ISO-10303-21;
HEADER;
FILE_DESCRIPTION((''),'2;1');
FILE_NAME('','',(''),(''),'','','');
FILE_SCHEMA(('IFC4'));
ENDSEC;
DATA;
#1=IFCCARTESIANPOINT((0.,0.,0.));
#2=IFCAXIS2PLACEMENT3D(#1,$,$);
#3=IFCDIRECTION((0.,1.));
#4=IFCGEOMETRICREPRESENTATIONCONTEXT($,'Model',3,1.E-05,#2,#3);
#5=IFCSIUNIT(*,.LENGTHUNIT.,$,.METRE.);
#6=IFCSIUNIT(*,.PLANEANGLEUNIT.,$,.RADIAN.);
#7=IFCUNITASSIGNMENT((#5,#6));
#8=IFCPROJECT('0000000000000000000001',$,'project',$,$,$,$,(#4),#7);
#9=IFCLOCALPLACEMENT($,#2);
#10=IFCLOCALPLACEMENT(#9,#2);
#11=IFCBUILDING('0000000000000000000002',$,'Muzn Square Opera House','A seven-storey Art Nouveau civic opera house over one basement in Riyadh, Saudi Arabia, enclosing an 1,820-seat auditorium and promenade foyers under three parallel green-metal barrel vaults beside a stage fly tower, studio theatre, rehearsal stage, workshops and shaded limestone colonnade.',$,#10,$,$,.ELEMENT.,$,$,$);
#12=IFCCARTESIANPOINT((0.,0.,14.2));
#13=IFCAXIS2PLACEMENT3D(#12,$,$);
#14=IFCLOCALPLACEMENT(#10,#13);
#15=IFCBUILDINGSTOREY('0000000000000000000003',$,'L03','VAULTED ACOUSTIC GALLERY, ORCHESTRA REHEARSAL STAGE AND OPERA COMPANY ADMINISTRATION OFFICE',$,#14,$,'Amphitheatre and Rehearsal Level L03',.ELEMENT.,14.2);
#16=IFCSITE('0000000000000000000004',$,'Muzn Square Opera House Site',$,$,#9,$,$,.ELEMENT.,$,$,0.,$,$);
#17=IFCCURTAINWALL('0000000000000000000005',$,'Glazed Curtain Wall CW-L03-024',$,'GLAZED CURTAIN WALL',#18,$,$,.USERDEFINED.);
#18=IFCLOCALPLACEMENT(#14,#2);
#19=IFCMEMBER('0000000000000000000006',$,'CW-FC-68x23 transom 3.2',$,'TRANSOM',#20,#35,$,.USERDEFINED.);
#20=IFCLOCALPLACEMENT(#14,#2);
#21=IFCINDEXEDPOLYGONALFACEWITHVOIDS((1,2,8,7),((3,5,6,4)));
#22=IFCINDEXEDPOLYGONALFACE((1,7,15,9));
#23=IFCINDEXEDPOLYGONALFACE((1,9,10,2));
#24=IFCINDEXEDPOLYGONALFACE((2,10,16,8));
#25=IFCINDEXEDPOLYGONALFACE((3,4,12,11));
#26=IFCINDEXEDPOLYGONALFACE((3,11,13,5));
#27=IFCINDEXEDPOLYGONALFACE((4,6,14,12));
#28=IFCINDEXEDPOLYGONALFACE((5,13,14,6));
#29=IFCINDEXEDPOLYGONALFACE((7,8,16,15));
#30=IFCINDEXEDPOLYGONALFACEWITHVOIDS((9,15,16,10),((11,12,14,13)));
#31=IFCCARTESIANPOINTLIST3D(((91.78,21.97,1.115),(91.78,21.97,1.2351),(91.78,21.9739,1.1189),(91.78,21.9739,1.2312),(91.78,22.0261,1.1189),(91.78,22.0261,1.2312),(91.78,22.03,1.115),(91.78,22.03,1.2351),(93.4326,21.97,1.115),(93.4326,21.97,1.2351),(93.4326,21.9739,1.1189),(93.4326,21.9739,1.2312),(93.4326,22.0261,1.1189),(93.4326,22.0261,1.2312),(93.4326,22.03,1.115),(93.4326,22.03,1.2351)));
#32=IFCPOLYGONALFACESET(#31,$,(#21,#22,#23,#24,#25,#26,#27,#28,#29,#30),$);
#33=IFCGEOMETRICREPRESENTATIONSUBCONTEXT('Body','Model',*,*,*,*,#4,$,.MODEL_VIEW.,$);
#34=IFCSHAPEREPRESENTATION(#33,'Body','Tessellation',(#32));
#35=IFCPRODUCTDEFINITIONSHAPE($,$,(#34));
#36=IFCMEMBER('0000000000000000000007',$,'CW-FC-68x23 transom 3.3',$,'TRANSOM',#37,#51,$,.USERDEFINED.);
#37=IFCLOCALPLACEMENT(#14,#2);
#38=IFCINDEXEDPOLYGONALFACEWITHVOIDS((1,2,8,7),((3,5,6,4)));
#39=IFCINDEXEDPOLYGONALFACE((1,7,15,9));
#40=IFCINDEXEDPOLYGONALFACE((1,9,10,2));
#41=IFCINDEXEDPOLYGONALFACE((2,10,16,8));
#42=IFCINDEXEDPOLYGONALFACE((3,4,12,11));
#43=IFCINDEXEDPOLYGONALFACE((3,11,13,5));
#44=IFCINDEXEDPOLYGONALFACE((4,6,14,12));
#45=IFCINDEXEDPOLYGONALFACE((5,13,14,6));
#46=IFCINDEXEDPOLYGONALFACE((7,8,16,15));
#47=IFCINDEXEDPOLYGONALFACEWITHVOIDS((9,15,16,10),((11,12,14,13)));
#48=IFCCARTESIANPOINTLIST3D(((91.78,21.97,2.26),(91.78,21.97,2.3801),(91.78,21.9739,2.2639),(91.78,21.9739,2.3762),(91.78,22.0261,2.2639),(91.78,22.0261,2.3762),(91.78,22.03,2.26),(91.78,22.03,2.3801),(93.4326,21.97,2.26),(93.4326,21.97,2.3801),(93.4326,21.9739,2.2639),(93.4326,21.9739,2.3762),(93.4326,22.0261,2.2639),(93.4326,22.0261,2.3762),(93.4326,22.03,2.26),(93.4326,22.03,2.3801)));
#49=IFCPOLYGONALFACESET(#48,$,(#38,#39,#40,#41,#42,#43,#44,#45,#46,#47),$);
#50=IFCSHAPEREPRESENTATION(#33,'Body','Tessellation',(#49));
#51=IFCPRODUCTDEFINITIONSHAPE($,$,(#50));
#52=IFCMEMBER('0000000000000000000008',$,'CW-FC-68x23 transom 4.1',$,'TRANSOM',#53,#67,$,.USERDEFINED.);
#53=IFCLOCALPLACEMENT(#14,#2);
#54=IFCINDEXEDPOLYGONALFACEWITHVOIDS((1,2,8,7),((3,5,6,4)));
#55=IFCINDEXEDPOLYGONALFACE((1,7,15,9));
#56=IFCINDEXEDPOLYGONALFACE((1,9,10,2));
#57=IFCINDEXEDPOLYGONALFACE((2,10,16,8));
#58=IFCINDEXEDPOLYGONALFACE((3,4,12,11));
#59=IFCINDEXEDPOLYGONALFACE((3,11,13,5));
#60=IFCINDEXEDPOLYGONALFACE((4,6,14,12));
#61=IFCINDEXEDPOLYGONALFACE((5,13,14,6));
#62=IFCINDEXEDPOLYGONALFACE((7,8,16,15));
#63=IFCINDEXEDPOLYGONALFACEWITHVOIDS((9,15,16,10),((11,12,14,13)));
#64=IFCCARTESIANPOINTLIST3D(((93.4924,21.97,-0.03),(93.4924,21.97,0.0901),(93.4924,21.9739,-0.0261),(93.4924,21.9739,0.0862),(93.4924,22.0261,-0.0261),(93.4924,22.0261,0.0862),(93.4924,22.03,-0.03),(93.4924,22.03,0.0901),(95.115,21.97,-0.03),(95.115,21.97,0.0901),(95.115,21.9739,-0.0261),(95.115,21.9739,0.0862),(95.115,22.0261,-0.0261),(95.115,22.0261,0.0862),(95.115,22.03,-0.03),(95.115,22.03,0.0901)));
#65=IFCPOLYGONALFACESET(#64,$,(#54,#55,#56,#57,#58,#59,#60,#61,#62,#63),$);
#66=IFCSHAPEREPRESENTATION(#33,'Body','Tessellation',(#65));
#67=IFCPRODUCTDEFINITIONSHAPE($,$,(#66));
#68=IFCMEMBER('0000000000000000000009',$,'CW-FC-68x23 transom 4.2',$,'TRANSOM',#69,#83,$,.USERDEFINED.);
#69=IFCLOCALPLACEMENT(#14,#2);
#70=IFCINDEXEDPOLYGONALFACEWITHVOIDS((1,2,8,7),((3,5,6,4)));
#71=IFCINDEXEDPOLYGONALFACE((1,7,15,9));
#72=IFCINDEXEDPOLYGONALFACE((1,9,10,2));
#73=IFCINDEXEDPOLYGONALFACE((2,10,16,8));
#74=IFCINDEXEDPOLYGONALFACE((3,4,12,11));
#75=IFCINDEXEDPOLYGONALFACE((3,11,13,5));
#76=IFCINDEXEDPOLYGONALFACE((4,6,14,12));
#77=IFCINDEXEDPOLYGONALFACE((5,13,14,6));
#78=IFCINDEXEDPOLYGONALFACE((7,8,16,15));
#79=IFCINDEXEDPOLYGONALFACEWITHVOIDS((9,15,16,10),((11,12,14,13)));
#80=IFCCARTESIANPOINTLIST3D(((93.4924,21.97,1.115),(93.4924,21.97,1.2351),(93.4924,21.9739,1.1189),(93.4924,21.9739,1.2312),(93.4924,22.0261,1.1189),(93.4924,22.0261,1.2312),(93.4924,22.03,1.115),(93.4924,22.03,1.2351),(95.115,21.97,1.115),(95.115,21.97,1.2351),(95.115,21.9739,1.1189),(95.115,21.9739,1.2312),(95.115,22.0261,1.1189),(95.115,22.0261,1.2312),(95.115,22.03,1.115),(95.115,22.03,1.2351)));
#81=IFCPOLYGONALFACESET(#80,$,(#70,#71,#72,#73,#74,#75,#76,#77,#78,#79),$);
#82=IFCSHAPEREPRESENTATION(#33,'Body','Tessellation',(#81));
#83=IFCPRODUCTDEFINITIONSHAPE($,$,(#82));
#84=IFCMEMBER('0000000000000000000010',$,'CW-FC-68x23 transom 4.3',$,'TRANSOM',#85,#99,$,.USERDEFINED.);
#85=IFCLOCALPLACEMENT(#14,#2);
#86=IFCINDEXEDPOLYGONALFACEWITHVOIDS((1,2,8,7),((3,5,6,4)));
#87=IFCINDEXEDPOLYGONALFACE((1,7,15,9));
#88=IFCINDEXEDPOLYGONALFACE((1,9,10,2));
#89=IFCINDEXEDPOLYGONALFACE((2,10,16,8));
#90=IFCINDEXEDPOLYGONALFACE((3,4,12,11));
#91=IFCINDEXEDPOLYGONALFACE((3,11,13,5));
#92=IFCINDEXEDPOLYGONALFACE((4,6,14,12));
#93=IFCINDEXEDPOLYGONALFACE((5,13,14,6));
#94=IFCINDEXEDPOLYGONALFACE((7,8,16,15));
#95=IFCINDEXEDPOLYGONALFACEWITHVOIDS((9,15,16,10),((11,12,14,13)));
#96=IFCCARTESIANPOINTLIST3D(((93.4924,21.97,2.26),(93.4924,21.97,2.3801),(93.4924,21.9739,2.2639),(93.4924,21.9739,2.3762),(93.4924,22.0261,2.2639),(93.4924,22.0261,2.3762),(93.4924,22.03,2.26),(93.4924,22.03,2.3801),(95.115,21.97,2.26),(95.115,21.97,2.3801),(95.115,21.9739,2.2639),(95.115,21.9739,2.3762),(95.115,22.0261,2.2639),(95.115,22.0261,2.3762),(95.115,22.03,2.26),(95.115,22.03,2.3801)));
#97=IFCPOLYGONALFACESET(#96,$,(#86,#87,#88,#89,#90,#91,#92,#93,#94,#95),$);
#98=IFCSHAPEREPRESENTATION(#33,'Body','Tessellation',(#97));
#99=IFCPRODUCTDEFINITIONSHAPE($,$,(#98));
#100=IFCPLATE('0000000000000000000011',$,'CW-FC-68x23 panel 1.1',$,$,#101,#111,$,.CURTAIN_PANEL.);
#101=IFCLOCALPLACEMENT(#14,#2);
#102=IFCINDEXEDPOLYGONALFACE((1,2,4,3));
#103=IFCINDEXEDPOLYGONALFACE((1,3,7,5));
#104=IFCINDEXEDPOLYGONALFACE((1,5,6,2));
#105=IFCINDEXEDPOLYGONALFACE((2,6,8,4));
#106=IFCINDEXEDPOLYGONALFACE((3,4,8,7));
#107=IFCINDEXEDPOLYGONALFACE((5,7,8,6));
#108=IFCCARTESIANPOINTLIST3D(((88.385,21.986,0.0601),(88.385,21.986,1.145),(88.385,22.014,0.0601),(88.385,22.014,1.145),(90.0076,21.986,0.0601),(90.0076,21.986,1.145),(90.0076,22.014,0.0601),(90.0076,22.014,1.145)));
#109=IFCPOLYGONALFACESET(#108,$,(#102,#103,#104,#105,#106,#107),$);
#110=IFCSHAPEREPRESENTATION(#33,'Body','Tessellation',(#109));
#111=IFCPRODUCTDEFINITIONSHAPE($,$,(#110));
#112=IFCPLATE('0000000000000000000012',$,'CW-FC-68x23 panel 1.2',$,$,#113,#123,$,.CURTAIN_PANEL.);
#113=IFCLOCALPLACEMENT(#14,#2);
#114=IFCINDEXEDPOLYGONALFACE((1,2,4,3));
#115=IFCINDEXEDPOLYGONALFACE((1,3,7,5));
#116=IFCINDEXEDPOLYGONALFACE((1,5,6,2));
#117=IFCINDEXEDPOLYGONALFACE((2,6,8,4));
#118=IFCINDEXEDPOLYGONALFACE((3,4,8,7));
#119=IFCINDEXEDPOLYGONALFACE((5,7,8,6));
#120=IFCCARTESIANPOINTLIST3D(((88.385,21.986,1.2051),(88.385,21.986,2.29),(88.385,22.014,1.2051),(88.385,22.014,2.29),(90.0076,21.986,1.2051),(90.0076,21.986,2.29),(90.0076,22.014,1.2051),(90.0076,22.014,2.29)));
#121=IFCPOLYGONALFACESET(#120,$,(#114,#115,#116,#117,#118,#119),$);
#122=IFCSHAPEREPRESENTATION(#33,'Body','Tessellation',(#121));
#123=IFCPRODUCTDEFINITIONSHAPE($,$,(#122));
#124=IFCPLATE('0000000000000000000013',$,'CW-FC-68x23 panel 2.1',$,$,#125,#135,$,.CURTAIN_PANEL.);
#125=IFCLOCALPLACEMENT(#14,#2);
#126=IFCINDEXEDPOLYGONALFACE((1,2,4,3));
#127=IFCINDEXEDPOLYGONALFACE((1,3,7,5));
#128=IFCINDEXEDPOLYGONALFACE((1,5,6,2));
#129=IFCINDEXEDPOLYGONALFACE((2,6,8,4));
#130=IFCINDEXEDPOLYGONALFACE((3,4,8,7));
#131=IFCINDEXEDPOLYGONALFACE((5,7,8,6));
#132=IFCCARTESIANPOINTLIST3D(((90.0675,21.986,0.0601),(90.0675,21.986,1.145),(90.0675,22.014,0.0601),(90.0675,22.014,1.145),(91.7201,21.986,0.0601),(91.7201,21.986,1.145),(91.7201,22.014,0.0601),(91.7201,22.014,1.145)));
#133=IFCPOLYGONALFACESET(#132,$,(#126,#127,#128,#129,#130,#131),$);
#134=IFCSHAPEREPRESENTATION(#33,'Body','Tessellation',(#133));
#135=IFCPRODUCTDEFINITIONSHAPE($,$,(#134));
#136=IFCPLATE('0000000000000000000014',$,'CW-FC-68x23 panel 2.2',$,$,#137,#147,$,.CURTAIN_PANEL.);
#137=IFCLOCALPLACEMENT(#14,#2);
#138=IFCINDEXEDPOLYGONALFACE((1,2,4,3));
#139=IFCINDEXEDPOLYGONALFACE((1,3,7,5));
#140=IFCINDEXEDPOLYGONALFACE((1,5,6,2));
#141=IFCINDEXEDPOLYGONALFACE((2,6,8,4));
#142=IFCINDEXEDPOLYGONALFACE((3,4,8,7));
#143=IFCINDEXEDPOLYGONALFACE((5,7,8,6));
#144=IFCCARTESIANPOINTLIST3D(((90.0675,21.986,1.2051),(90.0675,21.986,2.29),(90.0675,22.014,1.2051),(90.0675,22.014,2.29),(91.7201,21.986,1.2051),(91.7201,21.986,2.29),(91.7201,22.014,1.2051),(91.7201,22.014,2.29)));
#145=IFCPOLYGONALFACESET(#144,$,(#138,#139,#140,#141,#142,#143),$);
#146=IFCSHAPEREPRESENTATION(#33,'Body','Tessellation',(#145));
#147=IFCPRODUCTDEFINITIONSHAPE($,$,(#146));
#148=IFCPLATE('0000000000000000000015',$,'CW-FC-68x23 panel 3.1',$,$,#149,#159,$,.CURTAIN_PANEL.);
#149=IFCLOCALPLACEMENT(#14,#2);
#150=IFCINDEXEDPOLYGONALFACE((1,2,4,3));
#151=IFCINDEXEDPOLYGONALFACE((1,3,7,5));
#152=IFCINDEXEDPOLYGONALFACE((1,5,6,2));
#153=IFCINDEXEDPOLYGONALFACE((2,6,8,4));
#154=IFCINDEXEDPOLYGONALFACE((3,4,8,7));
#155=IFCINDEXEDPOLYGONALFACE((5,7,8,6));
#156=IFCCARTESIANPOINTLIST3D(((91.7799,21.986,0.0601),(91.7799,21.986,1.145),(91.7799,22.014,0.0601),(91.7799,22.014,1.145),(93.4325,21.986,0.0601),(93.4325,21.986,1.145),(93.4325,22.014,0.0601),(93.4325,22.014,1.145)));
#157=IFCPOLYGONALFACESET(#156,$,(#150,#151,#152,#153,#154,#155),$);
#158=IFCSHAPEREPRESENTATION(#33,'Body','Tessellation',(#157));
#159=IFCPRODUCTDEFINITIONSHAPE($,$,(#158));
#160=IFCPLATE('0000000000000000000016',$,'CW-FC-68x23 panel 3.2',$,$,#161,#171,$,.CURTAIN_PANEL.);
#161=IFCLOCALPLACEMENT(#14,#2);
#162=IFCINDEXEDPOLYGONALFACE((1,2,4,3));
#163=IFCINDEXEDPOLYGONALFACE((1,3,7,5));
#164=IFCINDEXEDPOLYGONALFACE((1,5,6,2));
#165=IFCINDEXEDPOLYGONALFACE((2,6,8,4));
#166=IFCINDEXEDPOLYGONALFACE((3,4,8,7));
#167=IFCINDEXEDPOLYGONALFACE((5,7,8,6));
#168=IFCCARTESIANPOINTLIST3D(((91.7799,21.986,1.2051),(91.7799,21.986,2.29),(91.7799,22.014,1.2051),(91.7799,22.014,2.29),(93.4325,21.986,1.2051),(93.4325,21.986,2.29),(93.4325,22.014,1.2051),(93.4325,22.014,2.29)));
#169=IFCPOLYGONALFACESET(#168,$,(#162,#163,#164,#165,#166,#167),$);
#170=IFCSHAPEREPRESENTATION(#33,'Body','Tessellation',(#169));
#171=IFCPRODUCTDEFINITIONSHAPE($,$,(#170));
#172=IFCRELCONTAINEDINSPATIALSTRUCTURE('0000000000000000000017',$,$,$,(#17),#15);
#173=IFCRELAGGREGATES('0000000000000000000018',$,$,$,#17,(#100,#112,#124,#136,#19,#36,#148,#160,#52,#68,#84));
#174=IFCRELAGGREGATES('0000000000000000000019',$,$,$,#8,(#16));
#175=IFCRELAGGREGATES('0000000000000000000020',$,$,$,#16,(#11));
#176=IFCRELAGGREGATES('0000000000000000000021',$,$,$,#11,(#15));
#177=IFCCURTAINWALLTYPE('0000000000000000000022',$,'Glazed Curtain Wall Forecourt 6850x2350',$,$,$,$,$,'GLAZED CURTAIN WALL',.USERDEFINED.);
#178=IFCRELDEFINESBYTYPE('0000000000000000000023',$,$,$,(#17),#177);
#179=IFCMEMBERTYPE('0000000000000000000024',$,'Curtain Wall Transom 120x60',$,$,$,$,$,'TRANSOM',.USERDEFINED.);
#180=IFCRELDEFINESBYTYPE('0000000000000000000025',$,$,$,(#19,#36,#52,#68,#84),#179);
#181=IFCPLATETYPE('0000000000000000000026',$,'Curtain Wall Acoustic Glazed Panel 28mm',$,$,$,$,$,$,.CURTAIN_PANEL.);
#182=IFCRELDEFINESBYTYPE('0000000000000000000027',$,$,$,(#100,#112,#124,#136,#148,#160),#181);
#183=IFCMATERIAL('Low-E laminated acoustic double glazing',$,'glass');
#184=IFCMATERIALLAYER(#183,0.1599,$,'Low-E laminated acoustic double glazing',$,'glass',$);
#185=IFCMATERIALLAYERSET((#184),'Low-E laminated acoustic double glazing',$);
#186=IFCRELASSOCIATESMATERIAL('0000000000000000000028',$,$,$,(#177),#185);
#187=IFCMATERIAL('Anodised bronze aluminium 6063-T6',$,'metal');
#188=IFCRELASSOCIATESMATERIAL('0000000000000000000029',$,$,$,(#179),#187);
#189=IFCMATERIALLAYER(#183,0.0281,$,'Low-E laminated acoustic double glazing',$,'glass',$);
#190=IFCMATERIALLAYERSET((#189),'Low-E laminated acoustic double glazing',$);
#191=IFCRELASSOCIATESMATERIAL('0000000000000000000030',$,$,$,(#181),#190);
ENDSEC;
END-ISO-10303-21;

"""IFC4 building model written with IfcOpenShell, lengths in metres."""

from ifc_helpers import new_model, si_unit, direction, frame, origin, origin_2d, place, context, subcontext, project, spatial, rectangle, hollow_rectangle, extrude, material, layer, layer_set, material_profile, profile_set, type_object, element, aggregate, save


model = new_model("IFC4")

# Units and contexts
model_context = context("Model", 3, precision=1e-05, world=origin(), true_north=direction((0.0, 1.0)))
body_context = subcontext(model_context, "Body", "Model", "MODEL_VIEW")
ifc_project = project(units=[si_unit("LENGTHUNIT", "METRE"), si_unit("PLANEANGLEUNIT", "RADIAN")], contexts=[model_context])

# Site, building, storey
site_placement = place(None, origin())
site = spatial("IfcSite", under=ifc_project, at=site_placement, Name="Muzn Square Opera House Site", CompositionType="ELEMENT", RefElevation=0.0)
building_placement = place(site_placement, origin())
building = spatial("IfcBuilding", under=site, at=building_placement, Name="Muzn Square Opera House", Description="A seven-storey Art Nouveau civic opera house over one basement in Riyadh, Saudi Arabia, enclosing an 1,820-seat auditorium and promenade foyers under three parallel green-metal barrel vaults beside a stage fly tower, studio theatre, rehearsal stage, workshops and shaded limestone colonnade.", CompositionType="ELEMENT")
storey_placement = place(building_placement, frame((0.0, 0.0, 14.2)))
storey = spatial("IfcBuildingStorey", under=building, at=storey_placement, Name="L03", Description="VAULTED ACOUSTIC GALLERY, ORCHESTRA REHEARSAL STAGE AND OPERA COMPANY ADMINISTRATION OFFICE", LongName="Amphitheatre and Rehearsal Level L03", CompositionType="ELEMENT", Elevation=14.2)

# Curtain wall, members, plates
ifc_material_1 = material(Name="Low-E laminated acoustic double glazing", Category="glass")
ifc_layer_1 = layer(ifc_material_1, 0.1599, Name="Low-E laminated acoustic double glazing", Category="glass")
ifc_layer_set_1 = layer_set([ifc_layer_1], Name="Low-E laminated acoustic double glazing")
curtain_wall_type = type_object("IfcCurtainWallType", Name="Glazed Curtain Wall Forecourt 6850x2350", ElementType="GLAZED CURTAIN WALL", PredefinedType="USERDEFINED", material=ifc_layer_set_1)
curtain_wall_placement = place(storey_placement, origin())
curtain_wall = element("IfcCurtainWall", 1, at=curtain_wall_placement, inside=storey, type_object=curtain_wall_type, Name="Glazed Curtain Wall CW-L03-024", ObjectType="GLAZED CURTAIN WALL", PredefinedType="USERDEFINED")
ifc_material_2 = material(Name="Anodised bronze aluminium 6063-T6", Category="metal")
ifc_material_profile_1 = material_profile(ifc_material_2, hollow_rectangle(XDim=0.0601, YDim=0.1201, WallThickness=0.0039, at=origin_2d()), Name="ALU 120x60x4", Category="metal")
ifc_profile_set_1 = profile_set([ifc_material_profile_1], Name="Anodised bronze aluminium 6063-T6")
member_type_1 = type_object("IfcMemberType", Name="Curtain Wall Transom 120x60", ElementType="TRANSOM", PredefinedType="USERDEFINED", material=ifc_profile_set_1)
member_1_placement = place(storey_placement, frame((91.78, 22.0, 1.175), z_axis=(1.0, 0.0, 0.0), x_axis=(0.0, 1.0, 0.0)))
member_1 = element("IfcMember", 2, at=member_1_placement, type_object=member_type_1, Name="CW-FC-68x23 transom 3.2", ObjectType="TRANSOM", PredefinedType="USERDEFINED", context=body_context, shape_type="SweptSolid", body=[
    extrude(hollow_rectangle(XDim=0.0601, YDim=0.1201, WallThickness=0.0039, at=origin_2d()), origin(), (0.0, 0.0, 1.0), 1.6526),
])
member_2_placement = place(storey_placement, frame((91.78, 22.0, 2.3201), z_axis=(1.0, 0.0, 0.0), x_axis=(0.0, 1.0, 0.0)))
member_2 = element("IfcMember", 3, at=member_2_placement, type_object=member_type_1, Name="CW-FC-68x23 transom 3.3", ObjectType="TRANSOM", PredefinedType="USERDEFINED", context=body_context, shape_type="SweptSolid", body=[
    extrude(hollow_rectangle(XDim=0.0601, YDim=0.1201, WallThickness=0.0039, at=origin_2d()), origin(), (0.0, 0.0, 1.0), 1.6526),
])
member_3_placement = place(storey_placement, frame((93.4924, 22.0, 0.03), z_axis=(1.0, 0.0, 0.0), x_axis=(0.0, 1.0, 0.0)))
member_3 = element("IfcMember", 4, at=member_3_placement, type_object=member_type_1, Name="CW-FC-68x23 transom 4.1", ObjectType="TRANSOM", PredefinedType="USERDEFINED", context=body_context, shape_type="SweptSolid", body=[
    extrude(hollow_rectangle(XDim=0.0601, YDim=0.1201, WallThickness=0.0039, at=origin_2d()), origin(), (0.0, 0.0, 1.0), 1.6226),
])
member_4_placement = place(storey_placement, frame((93.4924, 22.0, 1.175), z_axis=(1.0, 0.0, 0.0), x_axis=(0.0, 1.0, 0.0)))
member_4 = element("IfcMember", 5, at=member_4_placement, type_object=member_type_1, Name="CW-FC-68x23 transom 4.2", ObjectType="TRANSOM", PredefinedType="USERDEFINED", context=body_context, shape_type="SweptSolid", body=[
    extrude(hollow_rectangle(XDim=0.0601, YDim=0.1201, WallThickness=0.0039, at=origin_2d()), origin(), (0.0, 0.0, 1.0), 1.6226),
])
member_5_placement = place(storey_placement, frame((93.4924, 22.0, 2.3201), z_axis=(1.0, 0.0, 0.0), x_axis=(0.0, 1.0, 0.0)))
member_5 = element("IfcMember", 6, at=member_5_placement, type_object=member_type_1, Name="CW-FC-68x23 transom 4.3", ObjectType="TRANSOM", PredefinedType="USERDEFINED", context=body_context, shape_type="SweptSolid", body=[
    extrude(hollow_rectangle(XDim=0.0601, YDim=0.1201, WallThickness=0.0039, at=origin_2d()), origin(), (0.0, 0.0, 1.0), 1.6226),
])
ifc_layer_2 = layer(ifc_material_1, 0.0281, Name="Low-E laminated acoustic double glazing", Category="glass")
ifc_layer_set_2 = layer_set([ifc_layer_2], Name="Low-E laminated acoustic double glazing")
plate_type = type_object("IfcPlateType", Name="Curtain Wall Acoustic Glazed Panel 28mm", PredefinedType="CURTAIN_PANEL", material=ifc_layer_set_2)
plate_1_placement = place(storey_placement, frame((89.1963, 22.0, 0.0601), z_axis=(0.0, 0.0, 1.0), x_axis=(1.0, 0.0, 0.0)))
plate_1 = element("IfcPlate", 7, at=plate_1_placement, type_object=plate_type, Name="CW-FC-68x23 panel 1.1", PredefinedType="CURTAIN_PANEL", context=body_context, shape_type="SweptSolid", body=[
    extrude(rectangle(XDim=1.6226, YDim=0.0281, at=origin_2d()), origin(), (0.0, 0.0, 1.0), 1.085),
])
plate_2_placement = place(storey_placement, frame((89.1963, 22.0, 1.2051), z_axis=(0.0, 0.0, 1.0), x_axis=(1.0, 0.0, 0.0)))
plate_2 = element("IfcPlate", 8, at=plate_2_placement, type_object=plate_type, Name="CW-FC-68x23 panel 1.2", PredefinedType="CURTAIN_PANEL", context=body_context, shape_type="SweptSolid", body=[
    extrude(rectangle(XDim=1.6226, YDim=0.0281, at=origin_2d()), origin(), (0.0, 0.0, 1.0), 1.085),
])
plate_3_placement = place(storey_placement, frame((90.8938, 22.0, 0.0601), z_axis=(0.0, 0.0, 1.0), x_axis=(1.0, 0.0, 0.0)))
plate_3 = element("IfcPlate", 9, at=plate_3_placement, type_object=plate_type, Name="CW-FC-68x23 panel 2.1", PredefinedType="CURTAIN_PANEL", context=body_context, shape_type="SweptSolid", body=[
    extrude(rectangle(XDim=1.6526, YDim=0.0281, at=origin_2d()), origin(), (0.0, 0.0, 1.0), 1.085),
])
plate_4_placement = place(storey_placement, frame((90.8938, 22.0, 1.2051), z_axis=(0.0, 0.0, 1.0), x_axis=(1.0, 0.0, 0.0)))
plate_4 = element("IfcPlate", 10, at=plate_4_placement, type_object=plate_type, Name="CW-FC-68x23 panel 2.2", PredefinedType="CURTAIN_PANEL", context=body_context, shape_type="SweptSolid", body=[
    extrude(rectangle(XDim=1.6526, YDim=0.0281, at=origin_2d()), origin(), (0.0, 0.0, 1.0), 1.085),
])
plate_5_placement = place(storey_placement, frame((92.6062, 22.0, 0.0601), z_axis=(0.0, 0.0, 1.0), x_axis=(1.0, 0.0, 0.0)))
plate_5 = element("IfcPlate", 11, at=plate_5_placement, type_object=plate_type, Name="CW-FC-68x23 panel 3.1", PredefinedType="CURTAIN_PANEL", context=body_context, shape_type="SweptSolid", body=[
    extrude(rectangle(XDim=1.6526, YDim=0.0281, at=origin_2d()), origin(), (0.0, 0.0, 1.0), 1.085),
])
plate_6_placement = place(storey_placement, frame((92.6062, 22.0, 1.2051), z_axis=(0.0, 0.0, 1.0), x_axis=(1.0, 0.0, 0.0)))
plate_6 = element("IfcPlate", 12, at=plate_6_placement, type_object=plate_type, Name="CW-FC-68x23 panel 3.2", PredefinedType="CURTAIN_PANEL", context=body_context, shape_type="SweptSolid", body=[
    extrude(rectangle(XDim=1.6526, YDim=0.0281, at=origin_2d()), origin(), (0.0, 0.0, 1.0), 1.085),
])
aggregate(curtain_wall, [plate_1, plate_2, plate_3, plate_4, member_1, member_2, plate_5, plate_6, member_3, member_4, member_5])

save(model, "model.ifc")
